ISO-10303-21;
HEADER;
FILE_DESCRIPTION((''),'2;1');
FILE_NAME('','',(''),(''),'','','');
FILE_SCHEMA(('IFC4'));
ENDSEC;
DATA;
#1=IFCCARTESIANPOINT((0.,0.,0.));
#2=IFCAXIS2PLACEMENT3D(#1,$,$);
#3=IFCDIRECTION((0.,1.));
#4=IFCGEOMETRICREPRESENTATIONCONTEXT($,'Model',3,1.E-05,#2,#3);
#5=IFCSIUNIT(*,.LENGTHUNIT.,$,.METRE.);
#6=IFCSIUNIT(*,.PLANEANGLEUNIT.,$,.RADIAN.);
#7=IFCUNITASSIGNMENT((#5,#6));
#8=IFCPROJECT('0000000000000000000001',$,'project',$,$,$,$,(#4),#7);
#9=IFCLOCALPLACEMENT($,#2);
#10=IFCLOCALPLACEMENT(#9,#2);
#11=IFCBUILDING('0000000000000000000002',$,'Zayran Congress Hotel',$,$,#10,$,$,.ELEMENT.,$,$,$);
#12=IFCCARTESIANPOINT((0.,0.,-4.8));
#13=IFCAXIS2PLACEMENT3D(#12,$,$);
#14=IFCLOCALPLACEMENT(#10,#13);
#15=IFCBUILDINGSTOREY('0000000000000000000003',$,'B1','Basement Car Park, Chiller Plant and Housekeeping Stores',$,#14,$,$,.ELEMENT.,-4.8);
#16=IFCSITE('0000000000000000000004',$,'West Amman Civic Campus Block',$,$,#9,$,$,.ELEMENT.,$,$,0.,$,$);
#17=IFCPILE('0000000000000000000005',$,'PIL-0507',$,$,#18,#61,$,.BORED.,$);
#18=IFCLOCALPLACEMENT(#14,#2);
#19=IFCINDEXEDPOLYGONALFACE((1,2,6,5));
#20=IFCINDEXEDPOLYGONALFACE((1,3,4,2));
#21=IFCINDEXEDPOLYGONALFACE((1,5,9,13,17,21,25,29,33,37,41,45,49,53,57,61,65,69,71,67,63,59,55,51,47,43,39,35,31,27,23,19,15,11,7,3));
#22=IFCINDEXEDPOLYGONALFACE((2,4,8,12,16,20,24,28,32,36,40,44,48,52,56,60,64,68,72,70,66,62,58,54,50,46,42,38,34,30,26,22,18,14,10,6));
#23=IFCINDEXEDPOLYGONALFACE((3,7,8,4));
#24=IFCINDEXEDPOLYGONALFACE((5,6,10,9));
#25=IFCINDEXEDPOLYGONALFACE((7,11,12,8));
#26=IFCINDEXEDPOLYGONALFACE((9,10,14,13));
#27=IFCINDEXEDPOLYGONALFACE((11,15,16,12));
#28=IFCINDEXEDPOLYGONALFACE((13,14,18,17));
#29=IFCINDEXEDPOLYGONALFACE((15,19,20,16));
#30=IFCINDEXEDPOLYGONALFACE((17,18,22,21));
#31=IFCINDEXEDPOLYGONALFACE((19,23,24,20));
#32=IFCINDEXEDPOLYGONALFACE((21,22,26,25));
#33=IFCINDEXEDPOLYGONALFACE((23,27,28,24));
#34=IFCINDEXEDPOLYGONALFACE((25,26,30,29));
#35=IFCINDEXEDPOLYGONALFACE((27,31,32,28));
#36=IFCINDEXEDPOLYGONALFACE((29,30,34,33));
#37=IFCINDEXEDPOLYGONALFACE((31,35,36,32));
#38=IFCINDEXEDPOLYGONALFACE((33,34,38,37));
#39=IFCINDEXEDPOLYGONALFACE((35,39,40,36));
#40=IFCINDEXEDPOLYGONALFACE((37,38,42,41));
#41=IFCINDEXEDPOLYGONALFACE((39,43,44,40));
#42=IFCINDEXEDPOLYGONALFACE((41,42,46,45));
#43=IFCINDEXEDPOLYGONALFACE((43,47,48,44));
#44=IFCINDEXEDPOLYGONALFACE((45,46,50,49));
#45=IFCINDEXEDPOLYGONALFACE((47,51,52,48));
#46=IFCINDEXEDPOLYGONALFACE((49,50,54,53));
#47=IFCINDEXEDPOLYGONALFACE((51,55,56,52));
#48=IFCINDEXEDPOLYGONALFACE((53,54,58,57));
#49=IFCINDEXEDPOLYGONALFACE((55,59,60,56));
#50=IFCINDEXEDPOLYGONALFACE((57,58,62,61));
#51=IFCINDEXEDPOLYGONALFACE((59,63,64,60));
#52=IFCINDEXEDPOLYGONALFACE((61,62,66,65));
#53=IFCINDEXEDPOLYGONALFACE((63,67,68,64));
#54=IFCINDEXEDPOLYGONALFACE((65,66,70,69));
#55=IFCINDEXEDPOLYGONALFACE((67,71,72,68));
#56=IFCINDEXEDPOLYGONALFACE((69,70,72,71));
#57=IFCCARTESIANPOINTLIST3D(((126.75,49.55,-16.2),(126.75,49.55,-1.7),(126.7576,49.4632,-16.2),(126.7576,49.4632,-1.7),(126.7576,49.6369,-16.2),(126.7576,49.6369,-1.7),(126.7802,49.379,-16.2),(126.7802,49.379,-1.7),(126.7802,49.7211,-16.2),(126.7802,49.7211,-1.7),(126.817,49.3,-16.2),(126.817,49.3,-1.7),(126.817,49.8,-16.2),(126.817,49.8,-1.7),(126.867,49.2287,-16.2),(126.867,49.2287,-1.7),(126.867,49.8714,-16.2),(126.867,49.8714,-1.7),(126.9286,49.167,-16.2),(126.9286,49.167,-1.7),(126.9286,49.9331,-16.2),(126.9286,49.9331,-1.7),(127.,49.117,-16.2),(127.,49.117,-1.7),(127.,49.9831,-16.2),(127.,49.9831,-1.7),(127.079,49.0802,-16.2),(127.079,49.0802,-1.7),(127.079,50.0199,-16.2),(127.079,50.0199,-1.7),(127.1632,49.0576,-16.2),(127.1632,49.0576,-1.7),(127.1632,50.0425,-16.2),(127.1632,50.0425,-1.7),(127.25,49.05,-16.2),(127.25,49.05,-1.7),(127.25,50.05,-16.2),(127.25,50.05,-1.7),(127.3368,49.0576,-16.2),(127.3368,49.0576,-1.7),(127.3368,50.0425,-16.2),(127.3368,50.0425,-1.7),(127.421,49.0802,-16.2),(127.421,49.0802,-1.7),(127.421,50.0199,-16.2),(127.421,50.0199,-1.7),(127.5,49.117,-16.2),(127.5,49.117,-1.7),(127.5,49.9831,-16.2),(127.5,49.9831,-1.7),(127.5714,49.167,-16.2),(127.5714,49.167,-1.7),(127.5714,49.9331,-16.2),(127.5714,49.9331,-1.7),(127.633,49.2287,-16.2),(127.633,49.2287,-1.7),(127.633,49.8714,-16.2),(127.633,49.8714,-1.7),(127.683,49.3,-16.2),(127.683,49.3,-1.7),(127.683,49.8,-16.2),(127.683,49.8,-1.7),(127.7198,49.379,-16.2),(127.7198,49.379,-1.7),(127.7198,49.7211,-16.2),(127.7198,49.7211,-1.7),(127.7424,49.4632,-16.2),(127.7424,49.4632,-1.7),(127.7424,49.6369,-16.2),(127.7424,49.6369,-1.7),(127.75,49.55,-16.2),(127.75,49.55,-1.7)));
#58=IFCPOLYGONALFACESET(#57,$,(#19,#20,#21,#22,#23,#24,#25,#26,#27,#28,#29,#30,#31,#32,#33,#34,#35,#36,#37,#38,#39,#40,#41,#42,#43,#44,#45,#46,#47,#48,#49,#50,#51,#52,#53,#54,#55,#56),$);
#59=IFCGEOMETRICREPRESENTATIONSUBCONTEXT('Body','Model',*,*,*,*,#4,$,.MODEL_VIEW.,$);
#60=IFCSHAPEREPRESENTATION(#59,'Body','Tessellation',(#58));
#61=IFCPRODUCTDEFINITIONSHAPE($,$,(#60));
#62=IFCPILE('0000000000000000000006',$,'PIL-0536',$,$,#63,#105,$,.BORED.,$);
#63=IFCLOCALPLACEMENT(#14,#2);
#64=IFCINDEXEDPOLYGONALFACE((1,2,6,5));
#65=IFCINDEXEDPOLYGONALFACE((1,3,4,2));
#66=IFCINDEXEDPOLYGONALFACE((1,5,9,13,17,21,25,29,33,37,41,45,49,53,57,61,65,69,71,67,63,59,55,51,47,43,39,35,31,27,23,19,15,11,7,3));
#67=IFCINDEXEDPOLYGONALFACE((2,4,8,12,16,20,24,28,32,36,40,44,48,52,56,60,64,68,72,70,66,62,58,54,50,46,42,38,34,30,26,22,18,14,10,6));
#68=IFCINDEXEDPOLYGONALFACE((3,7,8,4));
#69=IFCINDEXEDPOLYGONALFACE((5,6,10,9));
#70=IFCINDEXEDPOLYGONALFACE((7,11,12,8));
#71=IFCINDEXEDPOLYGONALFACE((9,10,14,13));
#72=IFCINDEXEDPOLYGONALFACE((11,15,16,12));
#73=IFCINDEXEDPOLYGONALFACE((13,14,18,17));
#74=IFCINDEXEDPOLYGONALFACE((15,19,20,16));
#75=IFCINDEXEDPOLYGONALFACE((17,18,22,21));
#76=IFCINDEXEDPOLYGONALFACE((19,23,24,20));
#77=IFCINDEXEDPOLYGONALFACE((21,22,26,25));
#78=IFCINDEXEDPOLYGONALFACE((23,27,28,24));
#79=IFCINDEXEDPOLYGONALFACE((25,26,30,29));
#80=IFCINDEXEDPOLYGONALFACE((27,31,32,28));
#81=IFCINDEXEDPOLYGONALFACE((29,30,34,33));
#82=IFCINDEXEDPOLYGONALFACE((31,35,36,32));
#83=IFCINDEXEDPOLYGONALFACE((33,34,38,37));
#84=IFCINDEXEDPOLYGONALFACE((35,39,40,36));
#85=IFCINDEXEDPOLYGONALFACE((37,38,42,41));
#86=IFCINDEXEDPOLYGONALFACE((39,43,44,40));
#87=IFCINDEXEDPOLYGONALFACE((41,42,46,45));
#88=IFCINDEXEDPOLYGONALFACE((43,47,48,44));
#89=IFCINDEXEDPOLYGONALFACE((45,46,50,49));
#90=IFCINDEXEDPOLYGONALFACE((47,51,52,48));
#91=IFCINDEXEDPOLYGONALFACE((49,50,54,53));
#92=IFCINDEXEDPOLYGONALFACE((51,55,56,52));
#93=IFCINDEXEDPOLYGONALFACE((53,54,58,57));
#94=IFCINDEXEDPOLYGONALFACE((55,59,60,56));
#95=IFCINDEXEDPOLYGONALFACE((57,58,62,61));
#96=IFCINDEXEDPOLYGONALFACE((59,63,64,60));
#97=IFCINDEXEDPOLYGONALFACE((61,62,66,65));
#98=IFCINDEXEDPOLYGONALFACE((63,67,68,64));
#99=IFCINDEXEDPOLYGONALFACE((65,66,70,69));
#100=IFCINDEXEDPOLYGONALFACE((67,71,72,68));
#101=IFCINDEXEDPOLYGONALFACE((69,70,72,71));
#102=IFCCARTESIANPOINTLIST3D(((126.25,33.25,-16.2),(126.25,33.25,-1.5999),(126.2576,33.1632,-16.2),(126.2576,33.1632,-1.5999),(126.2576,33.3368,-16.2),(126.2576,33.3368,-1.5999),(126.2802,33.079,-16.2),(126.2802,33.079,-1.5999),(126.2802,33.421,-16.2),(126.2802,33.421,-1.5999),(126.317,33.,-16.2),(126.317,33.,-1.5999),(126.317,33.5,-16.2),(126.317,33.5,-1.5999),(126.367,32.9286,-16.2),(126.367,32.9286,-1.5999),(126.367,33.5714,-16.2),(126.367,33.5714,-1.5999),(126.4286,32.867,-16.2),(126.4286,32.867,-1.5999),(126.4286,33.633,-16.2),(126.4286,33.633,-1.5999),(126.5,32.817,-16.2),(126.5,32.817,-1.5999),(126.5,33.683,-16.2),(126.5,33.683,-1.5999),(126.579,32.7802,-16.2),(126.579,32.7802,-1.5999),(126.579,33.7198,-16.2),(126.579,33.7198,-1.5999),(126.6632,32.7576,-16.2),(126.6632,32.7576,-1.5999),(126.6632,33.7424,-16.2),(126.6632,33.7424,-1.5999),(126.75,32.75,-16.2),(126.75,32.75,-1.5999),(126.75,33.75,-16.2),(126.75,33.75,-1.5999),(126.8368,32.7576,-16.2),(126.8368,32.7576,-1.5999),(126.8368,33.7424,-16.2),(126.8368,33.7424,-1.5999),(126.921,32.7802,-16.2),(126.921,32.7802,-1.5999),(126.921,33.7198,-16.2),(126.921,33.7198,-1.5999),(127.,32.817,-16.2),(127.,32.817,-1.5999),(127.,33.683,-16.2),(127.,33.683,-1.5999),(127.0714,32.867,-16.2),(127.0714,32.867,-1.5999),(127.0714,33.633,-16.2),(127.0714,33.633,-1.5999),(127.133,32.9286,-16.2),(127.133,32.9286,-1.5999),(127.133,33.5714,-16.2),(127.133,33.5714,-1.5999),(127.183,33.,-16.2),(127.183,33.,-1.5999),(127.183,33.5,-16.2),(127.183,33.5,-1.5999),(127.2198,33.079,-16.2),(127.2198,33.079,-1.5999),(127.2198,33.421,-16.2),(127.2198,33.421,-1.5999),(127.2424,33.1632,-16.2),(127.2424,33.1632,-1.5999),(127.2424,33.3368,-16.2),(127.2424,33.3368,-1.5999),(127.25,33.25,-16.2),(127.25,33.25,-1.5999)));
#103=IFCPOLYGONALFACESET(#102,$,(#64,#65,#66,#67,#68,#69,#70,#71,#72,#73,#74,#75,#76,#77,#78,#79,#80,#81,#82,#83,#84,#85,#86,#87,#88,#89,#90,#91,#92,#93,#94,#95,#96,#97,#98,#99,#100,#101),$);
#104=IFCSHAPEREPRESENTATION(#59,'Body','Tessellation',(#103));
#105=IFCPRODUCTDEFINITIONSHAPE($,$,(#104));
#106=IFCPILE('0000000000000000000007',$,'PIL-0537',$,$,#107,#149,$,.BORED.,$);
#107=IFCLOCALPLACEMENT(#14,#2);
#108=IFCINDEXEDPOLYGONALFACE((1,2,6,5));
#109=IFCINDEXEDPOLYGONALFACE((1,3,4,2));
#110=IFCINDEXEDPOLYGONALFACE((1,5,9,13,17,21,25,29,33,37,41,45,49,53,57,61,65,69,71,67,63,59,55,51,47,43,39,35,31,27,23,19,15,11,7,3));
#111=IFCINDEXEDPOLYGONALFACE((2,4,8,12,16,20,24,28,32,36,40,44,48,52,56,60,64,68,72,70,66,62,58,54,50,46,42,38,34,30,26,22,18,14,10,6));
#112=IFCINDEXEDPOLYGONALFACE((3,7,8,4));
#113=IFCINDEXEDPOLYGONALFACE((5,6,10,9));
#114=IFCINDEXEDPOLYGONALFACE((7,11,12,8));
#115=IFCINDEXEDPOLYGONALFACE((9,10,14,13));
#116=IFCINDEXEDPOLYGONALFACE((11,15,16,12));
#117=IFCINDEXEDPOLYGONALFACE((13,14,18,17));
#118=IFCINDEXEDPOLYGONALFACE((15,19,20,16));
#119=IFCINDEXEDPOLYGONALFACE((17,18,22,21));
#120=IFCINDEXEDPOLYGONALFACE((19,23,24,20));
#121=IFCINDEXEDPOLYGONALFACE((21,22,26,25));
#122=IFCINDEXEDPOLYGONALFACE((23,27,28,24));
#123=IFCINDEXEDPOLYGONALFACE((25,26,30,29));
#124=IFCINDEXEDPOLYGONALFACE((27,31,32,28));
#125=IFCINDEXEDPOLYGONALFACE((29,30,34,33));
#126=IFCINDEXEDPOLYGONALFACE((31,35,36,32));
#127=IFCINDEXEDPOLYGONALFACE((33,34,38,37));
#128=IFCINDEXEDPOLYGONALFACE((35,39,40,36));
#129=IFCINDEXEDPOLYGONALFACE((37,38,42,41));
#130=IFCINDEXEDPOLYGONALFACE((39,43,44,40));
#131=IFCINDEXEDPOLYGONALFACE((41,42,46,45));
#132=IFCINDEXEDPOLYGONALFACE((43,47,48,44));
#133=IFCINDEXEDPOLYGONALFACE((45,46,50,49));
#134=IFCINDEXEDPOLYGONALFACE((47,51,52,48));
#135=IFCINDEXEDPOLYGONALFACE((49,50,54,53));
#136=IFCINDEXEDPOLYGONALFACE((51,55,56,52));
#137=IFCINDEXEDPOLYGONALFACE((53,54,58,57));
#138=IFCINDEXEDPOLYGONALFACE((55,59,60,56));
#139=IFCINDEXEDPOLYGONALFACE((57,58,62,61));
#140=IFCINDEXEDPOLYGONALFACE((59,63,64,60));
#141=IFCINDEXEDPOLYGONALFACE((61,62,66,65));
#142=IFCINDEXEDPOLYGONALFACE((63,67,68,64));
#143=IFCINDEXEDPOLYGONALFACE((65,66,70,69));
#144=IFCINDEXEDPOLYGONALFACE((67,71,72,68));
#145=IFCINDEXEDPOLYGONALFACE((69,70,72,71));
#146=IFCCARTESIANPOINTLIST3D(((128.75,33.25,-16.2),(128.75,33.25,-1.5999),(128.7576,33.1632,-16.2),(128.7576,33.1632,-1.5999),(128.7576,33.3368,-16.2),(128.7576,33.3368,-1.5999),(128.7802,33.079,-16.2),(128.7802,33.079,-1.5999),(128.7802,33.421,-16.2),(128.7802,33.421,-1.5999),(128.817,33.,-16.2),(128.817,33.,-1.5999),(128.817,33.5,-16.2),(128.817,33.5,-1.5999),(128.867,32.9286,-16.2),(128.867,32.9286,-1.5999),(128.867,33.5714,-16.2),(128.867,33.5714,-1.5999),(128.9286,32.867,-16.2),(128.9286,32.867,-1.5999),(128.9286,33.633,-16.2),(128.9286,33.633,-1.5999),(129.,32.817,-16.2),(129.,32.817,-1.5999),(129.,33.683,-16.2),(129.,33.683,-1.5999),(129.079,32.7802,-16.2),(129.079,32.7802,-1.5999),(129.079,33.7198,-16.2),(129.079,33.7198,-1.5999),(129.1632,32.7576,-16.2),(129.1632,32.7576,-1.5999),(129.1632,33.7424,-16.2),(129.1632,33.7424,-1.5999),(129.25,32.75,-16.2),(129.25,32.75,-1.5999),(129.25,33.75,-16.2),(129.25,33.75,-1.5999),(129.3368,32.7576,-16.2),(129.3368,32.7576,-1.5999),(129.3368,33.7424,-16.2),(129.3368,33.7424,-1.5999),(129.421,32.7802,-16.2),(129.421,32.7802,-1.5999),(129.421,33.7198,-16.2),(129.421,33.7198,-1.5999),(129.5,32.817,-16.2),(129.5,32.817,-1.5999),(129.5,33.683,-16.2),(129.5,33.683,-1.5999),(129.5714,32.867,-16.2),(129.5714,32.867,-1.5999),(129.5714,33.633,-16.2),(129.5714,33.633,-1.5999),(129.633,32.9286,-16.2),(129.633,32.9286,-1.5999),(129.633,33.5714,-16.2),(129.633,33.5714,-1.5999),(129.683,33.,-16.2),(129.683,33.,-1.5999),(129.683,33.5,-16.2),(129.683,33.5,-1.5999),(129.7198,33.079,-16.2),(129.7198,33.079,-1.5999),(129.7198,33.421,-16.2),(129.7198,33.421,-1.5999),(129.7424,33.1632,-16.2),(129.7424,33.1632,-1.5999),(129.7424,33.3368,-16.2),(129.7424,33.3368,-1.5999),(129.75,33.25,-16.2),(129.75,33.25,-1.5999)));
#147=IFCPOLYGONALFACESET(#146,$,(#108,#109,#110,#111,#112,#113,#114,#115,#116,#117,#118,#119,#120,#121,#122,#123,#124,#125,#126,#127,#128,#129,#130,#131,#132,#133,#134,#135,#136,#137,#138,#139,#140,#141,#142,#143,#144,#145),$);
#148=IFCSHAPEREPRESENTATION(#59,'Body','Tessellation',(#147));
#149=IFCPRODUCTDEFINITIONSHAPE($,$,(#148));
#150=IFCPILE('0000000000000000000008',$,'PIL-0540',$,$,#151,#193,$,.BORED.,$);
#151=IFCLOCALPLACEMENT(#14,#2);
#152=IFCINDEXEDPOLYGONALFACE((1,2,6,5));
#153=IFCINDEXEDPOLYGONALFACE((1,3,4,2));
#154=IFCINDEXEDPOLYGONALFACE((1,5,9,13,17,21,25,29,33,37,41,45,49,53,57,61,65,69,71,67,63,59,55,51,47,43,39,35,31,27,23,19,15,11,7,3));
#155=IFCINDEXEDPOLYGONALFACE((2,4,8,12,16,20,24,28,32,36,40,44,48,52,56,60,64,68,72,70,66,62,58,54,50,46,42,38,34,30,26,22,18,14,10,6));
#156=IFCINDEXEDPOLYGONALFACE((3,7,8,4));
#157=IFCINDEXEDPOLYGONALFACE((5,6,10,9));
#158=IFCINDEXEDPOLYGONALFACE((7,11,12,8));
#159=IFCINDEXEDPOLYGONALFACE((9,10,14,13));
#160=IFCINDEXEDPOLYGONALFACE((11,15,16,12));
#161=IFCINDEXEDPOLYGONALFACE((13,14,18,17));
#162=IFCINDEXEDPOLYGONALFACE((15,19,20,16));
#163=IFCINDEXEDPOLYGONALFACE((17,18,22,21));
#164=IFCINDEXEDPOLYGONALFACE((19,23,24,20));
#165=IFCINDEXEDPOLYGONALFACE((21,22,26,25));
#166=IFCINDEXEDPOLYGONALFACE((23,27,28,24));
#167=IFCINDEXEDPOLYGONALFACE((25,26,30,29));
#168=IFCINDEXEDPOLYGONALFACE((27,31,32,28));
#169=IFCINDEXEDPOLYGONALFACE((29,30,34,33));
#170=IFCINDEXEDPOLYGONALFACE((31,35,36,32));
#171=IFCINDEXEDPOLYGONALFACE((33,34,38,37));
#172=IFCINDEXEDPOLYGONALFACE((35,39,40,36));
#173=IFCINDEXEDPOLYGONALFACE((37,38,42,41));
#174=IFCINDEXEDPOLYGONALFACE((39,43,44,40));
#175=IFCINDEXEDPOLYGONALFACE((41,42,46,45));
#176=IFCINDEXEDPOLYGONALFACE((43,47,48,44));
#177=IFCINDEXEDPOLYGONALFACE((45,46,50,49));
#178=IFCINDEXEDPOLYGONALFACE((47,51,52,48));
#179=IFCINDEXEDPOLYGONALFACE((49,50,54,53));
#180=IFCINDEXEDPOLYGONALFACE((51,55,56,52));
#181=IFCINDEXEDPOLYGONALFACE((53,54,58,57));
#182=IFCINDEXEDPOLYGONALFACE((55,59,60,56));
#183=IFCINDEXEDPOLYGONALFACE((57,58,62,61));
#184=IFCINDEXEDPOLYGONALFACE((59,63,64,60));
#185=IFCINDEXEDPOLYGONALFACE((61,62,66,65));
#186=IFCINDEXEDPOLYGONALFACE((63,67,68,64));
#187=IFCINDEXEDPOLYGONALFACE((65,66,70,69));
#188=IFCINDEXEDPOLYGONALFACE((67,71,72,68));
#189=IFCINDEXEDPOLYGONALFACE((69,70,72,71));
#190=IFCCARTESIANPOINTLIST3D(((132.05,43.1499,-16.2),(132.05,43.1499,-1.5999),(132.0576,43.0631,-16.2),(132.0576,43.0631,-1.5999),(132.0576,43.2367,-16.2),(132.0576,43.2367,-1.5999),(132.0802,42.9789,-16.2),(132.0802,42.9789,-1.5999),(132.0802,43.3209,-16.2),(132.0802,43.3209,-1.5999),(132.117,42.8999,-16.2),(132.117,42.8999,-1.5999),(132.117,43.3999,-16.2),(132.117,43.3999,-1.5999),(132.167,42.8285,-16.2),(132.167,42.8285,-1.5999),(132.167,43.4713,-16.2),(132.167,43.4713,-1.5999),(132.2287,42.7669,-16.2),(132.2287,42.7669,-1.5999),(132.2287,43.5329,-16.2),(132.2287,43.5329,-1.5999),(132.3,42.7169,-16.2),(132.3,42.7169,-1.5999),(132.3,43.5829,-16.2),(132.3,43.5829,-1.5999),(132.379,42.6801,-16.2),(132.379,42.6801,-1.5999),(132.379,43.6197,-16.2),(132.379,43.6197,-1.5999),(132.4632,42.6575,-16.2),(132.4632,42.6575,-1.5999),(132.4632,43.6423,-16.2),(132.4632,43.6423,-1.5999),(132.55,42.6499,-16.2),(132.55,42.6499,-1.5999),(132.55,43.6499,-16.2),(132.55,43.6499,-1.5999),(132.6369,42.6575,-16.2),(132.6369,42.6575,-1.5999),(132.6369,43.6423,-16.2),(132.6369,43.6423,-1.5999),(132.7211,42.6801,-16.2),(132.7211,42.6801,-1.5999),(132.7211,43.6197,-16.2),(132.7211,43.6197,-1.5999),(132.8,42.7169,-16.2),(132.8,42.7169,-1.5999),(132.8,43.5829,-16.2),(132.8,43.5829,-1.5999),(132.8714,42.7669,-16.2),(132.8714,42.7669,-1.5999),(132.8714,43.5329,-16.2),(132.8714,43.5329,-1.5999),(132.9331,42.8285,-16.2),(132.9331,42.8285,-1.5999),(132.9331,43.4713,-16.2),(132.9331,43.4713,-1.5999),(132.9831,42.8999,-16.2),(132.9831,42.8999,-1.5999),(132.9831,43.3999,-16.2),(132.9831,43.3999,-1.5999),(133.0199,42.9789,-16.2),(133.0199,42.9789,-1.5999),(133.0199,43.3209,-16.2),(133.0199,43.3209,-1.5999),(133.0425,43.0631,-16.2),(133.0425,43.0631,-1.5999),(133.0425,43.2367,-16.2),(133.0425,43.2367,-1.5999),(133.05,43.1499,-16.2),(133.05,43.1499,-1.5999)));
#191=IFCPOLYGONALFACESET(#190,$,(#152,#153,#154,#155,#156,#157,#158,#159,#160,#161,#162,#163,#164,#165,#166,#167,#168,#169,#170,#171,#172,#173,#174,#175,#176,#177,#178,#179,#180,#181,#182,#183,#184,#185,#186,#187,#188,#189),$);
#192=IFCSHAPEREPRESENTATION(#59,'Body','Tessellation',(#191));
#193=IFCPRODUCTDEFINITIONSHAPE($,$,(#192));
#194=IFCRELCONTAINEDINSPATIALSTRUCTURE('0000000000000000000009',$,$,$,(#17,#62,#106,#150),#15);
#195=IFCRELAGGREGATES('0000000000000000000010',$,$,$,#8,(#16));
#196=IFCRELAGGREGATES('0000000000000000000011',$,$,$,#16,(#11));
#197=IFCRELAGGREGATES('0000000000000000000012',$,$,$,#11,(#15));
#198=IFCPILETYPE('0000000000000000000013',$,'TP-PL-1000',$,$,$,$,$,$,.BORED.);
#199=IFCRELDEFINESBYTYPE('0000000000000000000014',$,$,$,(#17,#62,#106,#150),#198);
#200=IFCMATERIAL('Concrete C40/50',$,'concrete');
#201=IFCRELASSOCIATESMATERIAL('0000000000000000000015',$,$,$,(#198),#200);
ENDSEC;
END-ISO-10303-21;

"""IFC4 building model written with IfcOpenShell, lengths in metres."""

from ifc_helpers import new_model, si_unit, direction, frame, origin, origin_2d, place, context, subcontext, project, spatial, circle, extrude, material, material_profile, profile_set, type_object, element, save


model = new_model("IFC4")

# Units and contexts
model_context = context("Model", 3, precision=1e-05, world=origin(), true_north=direction((0.0, 1.0)))
body_context = subcontext(model_context, "Body", "Model", "MODEL_VIEW")
ifc_project = project(units=[si_unit("LENGTHUNIT", "METRE"), si_unit("PLANEANGLEUNIT", "RADIAN")], contexts=[model_context])

# Site, building, storey
site_placement = place(None, origin())
site = spatial("IfcSite", under=ifc_project, at=site_placement, Name="West Amman Civic Campus Block", CompositionType="ELEMENT", RefElevation=0.0)
building_placement = place(site_placement, origin())
building = spatial("IfcBuilding", under=site, at=building_placement, Name="Zayran Congress Hotel", CompositionType="ELEMENT")
storey_placement = place(building_placement, frame((0.0, 0.0, -4.8)))
storey = spatial("IfcBuildingStorey", under=building, at=storey_placement, Name="B1", Description="Basement Car Park, Chiller Plant and Housekeeping Stores", CompositionType="ELEMENT", Elevation=-4.8)

# Piles
ifc_material_1 = material(Name="Concrete C40/50", Category="concrete")
ifc_material_profile_1 = material_profile(ifc_material_1, circle(Radius=0.5, at=origin_2d()), Name="PILE D1000")
ifc_profile_set_1 = profile_set([ifc_material_profile_1], Name="Concrete C40/50")
pile_type_1 = type_object("IfcPileType", Name="TP-PL-1000", PredefinedType="BORED", material=ifc_profile_set_1)
for number, where, z_axis, x_axis, name in (
    (1, (127.25, 49.55, -1.7), (0.0, 0.0, -1.0), (1.0, 0.0, 0.0), "PIL-0507"),
):
    element("IfcPile", number, at=place(storey_placement, frame(where, z_axis=z_axis, x_axis=x_axis)), inside=storey, type_object=pile_type_1, Name=name, PredefinedType="BORED", context=body_context, shape_type="SweptSolid", body=[
        extrude(circle(Radius=0.5, at=origin_2d()), origin(), (0.0, 0.0, 1.0), 14.5),
    ])
for number, where, z_axis, x_axis, name in (
    (2, (126.75, 33.25, -1.5999), (0.0, 0.0, -1.0), (1.0, 0.0, 0.0), "PIL-0536"),
    (3, (129.25, 33.25, -1.5999), (0.0, 0.0, -1.0), (1.0, 0.0, 0.0), "PIL-0537"),
    (4, (132.55, 43.1499, -1.5999), (0.0, 0.0, -1.0), (1.0, 0.0, 0.0), "PIL-0540"),
):
    element("IfcPile", number, at=place(storey_placement, frame(where, z_axis=z_axis, x_axis=x_axis)), inside=storey, type_object=pile_type_1, Name=name, PredefinedType="BORED", context=body_context, shape_type="SweptSolid", body=[
        extrude(circle(Radius=0.5, at=origin_2d()), origin(), (0.0, 0.0, 1.0), 14.6001),
    ])

save(model, "model.ifc")
